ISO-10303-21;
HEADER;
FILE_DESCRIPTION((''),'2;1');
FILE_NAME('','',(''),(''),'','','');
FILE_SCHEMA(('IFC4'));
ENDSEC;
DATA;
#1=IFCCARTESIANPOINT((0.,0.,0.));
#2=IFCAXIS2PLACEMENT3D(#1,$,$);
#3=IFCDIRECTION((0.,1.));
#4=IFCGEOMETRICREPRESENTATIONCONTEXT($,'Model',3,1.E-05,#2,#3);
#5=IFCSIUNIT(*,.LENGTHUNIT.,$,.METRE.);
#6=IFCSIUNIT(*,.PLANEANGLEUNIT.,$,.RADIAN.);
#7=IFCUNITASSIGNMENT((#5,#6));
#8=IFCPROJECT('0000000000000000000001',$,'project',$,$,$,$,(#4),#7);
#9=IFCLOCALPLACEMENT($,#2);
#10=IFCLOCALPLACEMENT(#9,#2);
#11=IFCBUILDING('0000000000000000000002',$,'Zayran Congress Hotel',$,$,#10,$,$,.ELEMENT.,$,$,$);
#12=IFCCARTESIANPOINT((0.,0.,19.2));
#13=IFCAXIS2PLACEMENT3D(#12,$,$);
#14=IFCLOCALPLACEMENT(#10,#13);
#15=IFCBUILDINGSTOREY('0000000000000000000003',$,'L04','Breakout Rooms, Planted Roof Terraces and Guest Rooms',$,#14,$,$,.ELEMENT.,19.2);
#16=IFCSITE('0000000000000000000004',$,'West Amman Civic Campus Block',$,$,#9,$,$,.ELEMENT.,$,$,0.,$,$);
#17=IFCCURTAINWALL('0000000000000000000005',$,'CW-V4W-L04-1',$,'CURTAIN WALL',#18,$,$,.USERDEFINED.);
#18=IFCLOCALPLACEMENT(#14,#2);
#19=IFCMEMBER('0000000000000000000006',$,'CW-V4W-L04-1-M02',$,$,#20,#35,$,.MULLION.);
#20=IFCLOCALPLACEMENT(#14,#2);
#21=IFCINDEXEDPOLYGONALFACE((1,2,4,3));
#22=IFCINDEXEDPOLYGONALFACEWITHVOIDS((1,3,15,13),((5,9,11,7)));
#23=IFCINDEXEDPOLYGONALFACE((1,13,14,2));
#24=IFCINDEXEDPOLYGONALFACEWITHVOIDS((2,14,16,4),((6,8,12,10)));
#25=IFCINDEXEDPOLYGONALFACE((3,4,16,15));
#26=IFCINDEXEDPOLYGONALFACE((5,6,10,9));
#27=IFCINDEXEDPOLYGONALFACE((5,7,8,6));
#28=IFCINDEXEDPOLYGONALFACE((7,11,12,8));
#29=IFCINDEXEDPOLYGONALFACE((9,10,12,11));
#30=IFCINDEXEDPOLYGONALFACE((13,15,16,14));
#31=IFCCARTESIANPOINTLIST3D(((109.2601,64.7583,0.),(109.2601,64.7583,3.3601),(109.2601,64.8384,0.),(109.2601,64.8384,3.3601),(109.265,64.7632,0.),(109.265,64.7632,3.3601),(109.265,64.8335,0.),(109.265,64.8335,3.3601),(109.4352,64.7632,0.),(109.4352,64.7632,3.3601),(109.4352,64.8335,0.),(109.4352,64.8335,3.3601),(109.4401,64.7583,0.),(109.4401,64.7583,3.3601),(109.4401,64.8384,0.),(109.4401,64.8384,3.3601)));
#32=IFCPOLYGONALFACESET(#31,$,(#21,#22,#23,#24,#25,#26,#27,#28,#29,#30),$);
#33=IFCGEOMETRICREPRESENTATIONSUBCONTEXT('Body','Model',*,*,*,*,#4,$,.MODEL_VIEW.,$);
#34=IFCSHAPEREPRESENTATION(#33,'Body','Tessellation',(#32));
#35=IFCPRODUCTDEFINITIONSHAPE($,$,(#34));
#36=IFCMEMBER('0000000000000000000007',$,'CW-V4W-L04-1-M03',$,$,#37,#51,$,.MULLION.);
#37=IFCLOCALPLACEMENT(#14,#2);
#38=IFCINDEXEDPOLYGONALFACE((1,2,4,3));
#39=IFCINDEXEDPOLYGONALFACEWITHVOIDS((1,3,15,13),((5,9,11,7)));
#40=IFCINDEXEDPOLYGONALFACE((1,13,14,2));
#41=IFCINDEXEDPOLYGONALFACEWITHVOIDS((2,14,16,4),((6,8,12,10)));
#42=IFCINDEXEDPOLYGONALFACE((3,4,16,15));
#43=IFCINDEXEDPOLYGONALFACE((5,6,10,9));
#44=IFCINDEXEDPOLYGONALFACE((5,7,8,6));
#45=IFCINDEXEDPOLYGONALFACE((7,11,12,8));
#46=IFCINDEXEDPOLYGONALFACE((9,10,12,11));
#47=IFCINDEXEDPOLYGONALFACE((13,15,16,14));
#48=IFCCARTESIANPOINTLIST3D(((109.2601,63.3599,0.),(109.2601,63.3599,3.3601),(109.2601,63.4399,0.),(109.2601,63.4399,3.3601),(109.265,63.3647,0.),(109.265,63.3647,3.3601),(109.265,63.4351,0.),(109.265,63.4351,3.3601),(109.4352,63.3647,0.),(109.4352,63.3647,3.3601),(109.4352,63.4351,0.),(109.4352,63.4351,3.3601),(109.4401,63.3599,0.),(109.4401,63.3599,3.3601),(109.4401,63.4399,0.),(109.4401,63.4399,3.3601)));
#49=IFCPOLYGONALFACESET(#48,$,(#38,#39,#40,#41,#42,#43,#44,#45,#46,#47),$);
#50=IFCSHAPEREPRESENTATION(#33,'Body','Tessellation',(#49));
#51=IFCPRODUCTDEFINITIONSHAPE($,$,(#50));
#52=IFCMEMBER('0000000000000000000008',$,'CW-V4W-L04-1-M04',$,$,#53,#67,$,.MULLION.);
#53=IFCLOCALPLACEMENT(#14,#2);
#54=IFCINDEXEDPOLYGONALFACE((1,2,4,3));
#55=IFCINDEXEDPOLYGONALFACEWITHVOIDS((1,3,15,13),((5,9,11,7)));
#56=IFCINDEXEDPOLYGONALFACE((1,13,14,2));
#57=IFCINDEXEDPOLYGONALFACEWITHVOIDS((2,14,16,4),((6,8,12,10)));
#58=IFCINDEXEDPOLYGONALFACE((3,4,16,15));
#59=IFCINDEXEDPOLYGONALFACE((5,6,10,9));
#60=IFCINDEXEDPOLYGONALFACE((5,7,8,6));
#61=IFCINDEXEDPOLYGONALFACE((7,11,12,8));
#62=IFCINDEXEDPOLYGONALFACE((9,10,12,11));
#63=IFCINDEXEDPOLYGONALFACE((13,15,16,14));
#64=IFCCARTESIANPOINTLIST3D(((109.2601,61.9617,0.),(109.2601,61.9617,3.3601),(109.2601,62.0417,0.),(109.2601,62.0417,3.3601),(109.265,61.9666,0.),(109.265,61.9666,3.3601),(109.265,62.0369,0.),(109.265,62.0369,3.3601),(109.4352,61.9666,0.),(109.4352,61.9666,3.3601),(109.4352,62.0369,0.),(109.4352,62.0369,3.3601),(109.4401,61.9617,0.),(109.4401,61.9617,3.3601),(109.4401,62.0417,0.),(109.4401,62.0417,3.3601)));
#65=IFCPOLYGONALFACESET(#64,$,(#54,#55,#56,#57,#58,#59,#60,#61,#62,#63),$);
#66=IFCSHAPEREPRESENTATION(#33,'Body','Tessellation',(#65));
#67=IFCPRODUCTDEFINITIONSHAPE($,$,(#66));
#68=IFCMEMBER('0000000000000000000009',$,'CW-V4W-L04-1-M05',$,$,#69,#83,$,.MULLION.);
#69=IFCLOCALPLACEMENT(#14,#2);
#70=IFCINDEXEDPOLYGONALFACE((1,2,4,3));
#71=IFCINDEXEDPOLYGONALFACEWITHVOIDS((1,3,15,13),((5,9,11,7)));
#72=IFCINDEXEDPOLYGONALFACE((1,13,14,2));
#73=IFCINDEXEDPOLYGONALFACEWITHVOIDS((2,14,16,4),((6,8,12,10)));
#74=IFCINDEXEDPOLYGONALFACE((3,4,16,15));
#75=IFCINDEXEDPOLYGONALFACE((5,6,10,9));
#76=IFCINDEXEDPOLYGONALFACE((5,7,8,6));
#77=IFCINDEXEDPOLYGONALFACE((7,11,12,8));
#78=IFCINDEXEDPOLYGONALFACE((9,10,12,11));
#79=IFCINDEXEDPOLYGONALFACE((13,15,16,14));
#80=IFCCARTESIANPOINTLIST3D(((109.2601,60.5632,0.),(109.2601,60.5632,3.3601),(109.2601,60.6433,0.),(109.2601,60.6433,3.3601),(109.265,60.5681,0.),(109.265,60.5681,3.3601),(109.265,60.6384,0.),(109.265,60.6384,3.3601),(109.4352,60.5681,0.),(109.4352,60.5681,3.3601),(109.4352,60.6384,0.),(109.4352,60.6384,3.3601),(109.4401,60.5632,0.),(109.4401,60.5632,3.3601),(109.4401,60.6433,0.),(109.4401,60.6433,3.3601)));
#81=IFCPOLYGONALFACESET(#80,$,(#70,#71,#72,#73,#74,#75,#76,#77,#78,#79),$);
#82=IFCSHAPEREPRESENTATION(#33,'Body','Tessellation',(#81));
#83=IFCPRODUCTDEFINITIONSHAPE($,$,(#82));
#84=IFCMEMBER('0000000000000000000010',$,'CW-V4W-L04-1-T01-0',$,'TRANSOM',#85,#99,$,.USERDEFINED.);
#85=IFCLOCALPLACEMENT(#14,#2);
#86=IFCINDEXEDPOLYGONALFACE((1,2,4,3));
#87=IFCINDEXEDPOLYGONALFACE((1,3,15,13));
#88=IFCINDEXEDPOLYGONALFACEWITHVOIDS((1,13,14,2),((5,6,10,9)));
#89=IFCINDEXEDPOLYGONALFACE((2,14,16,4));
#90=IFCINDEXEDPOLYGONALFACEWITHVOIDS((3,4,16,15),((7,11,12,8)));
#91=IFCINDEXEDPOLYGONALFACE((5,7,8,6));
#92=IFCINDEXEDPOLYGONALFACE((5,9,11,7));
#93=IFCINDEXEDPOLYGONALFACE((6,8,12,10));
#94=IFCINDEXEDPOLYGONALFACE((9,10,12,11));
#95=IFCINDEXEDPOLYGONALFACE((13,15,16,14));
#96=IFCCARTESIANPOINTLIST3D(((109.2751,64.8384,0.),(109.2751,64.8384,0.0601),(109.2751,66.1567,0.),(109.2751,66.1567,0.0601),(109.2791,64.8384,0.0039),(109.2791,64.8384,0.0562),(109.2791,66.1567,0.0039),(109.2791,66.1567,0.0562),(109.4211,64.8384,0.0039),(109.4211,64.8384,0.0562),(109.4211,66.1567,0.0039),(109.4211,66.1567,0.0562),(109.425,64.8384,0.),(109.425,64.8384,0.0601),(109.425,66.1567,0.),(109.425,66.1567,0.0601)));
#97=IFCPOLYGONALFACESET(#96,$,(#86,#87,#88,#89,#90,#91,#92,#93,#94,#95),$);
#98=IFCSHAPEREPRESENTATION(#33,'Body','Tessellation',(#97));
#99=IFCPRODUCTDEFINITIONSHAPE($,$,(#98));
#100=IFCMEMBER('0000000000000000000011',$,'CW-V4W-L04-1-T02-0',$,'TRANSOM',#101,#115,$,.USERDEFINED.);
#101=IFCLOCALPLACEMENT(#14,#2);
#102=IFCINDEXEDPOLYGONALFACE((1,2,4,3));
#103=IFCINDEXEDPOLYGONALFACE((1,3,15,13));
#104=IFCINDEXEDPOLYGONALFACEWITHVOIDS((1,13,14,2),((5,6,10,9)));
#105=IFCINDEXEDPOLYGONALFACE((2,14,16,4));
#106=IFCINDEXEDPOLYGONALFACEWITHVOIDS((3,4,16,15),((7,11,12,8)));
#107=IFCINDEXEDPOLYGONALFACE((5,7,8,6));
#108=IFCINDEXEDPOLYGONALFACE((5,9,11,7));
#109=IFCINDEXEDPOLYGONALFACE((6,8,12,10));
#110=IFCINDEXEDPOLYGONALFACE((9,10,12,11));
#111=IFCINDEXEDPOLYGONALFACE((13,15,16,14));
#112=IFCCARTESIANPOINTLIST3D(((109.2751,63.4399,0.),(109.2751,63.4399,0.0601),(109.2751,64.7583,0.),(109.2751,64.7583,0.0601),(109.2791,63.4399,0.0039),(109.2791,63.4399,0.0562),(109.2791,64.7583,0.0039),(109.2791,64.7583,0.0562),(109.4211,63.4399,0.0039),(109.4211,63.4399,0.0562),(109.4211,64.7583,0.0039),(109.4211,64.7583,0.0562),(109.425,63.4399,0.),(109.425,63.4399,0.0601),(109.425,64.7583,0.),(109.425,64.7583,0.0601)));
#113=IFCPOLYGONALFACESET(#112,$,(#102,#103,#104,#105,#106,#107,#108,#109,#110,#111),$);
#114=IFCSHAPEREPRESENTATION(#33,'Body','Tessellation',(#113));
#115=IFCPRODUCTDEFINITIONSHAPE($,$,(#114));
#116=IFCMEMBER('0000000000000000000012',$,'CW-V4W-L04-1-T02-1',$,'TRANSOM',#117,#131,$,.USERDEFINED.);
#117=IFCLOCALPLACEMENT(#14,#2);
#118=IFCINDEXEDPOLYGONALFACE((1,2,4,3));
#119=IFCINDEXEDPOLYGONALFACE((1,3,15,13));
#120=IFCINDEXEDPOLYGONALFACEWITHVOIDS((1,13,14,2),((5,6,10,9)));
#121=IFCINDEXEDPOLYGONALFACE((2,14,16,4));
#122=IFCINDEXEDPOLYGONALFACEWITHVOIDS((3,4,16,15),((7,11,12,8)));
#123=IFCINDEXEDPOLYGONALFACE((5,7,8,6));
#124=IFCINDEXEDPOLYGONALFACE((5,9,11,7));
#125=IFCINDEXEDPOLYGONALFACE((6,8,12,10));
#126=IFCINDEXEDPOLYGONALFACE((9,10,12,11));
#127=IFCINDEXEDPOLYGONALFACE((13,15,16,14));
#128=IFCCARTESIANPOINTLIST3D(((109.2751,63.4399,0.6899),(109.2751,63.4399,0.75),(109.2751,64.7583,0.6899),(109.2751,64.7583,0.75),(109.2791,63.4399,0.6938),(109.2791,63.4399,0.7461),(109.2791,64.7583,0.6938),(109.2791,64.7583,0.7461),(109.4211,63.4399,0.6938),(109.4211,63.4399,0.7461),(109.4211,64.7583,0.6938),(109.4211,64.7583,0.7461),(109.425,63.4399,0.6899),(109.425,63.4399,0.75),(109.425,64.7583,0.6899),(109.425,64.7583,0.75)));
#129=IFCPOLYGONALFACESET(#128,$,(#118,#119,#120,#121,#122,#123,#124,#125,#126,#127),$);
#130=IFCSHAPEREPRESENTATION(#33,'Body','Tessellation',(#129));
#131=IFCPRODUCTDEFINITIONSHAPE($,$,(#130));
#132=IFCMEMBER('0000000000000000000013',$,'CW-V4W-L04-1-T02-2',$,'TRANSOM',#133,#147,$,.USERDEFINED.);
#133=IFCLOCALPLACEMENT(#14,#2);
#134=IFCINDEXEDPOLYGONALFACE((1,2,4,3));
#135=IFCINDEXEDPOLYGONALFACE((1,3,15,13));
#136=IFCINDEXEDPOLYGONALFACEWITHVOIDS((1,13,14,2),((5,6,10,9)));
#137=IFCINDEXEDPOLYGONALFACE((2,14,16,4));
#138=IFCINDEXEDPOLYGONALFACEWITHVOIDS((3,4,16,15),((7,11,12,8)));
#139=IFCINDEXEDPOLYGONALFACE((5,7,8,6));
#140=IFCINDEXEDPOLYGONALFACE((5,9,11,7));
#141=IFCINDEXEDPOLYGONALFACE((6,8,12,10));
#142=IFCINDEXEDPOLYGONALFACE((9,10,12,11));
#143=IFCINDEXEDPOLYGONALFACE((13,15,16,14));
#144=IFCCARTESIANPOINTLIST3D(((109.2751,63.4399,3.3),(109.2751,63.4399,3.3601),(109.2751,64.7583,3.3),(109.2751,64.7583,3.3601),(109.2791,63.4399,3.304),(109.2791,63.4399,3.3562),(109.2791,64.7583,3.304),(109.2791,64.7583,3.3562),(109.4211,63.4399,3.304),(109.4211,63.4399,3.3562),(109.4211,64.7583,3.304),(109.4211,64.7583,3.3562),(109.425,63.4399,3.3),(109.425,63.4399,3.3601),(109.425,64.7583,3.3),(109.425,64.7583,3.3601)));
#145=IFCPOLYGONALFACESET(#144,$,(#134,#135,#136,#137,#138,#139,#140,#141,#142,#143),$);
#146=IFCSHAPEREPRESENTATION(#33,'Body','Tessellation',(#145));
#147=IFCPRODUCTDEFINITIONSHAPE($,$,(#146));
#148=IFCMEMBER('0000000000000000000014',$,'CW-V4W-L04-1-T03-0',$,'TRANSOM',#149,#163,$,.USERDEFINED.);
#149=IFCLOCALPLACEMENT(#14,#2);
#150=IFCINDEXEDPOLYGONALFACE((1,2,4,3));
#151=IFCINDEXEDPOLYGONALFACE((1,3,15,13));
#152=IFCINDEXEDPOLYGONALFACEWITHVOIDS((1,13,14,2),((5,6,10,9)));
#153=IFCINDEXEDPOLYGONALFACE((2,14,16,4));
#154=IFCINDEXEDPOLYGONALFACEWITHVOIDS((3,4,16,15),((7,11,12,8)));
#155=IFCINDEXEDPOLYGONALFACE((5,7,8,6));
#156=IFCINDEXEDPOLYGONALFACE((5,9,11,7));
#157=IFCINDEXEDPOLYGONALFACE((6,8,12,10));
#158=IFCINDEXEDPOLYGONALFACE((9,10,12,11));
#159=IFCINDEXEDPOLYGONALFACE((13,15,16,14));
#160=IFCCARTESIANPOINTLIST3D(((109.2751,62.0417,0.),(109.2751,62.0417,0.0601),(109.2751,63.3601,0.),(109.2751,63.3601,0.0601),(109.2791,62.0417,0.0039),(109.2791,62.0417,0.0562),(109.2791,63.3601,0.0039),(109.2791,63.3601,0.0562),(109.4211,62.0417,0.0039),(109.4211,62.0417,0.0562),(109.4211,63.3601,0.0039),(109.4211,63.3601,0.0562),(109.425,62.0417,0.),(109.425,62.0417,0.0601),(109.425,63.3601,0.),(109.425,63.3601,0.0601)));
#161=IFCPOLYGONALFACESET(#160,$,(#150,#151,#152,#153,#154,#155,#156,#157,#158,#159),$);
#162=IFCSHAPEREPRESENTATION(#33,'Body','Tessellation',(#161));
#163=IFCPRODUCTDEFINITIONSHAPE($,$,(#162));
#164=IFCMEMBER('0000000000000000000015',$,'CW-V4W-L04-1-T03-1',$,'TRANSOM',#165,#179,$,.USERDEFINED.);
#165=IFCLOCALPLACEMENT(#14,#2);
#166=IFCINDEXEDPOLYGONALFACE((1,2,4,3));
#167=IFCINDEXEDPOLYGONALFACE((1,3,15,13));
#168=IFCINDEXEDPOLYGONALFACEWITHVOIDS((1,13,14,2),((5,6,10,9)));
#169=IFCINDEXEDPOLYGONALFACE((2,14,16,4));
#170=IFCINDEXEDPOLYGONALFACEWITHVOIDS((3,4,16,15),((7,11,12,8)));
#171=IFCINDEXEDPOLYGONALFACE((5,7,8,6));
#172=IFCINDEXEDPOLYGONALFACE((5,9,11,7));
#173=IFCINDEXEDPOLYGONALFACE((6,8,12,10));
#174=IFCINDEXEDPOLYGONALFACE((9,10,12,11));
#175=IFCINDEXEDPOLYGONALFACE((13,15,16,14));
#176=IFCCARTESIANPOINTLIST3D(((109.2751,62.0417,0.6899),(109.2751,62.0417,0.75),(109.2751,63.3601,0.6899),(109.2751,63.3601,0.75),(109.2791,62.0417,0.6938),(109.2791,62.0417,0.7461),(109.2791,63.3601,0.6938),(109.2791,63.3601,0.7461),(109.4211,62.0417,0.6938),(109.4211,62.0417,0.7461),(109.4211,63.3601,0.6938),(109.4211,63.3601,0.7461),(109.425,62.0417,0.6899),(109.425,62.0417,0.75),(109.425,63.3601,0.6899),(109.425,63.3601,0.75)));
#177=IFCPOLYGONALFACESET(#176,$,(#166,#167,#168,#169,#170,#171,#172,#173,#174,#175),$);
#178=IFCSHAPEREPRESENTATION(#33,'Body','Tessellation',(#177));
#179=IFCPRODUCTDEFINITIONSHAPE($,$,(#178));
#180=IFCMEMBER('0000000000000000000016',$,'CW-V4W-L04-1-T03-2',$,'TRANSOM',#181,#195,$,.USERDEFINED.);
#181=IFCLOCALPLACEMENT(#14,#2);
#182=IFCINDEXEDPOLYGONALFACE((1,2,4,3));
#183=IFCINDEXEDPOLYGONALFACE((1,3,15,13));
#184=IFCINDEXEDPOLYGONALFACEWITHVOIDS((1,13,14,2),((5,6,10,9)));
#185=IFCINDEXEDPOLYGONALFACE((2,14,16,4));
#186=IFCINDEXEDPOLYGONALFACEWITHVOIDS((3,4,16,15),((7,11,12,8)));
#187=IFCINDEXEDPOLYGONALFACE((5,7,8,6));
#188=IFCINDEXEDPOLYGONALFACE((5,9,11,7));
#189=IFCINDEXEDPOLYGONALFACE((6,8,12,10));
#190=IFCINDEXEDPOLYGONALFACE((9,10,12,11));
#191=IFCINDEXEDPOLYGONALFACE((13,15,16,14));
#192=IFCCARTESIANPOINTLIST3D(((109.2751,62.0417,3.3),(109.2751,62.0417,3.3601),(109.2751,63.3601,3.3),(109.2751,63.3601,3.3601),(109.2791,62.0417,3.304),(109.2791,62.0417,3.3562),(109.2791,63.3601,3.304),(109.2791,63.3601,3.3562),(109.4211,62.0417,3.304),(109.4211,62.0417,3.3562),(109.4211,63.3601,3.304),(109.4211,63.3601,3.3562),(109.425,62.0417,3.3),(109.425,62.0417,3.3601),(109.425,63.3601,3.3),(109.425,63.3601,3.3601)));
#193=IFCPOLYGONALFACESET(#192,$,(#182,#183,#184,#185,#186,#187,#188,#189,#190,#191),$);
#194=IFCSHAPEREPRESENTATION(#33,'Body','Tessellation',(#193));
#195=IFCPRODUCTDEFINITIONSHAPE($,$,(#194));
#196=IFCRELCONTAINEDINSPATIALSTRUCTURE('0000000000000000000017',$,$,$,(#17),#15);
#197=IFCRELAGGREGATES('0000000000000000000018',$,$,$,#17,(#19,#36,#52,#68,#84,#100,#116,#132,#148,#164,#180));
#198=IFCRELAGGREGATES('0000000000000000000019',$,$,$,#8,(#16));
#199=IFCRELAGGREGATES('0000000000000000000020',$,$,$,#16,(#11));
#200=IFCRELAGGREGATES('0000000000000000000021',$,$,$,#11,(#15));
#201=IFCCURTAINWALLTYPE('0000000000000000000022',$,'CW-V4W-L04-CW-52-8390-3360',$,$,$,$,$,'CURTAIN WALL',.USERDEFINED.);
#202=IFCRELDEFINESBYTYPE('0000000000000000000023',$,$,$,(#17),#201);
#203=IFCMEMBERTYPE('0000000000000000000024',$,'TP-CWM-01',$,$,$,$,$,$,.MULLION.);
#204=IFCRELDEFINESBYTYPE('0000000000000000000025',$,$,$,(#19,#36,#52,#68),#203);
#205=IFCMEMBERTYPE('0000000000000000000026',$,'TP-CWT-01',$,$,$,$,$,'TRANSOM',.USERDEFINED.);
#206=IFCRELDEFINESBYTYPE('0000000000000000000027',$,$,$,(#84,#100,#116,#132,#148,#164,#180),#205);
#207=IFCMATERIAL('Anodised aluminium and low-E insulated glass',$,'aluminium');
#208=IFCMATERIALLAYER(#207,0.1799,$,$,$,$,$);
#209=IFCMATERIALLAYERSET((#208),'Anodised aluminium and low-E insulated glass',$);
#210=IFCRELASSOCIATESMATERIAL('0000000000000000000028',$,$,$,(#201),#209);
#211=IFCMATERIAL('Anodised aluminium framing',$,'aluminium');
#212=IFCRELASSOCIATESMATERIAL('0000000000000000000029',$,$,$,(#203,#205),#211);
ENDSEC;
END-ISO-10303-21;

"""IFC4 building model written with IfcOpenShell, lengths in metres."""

from ifc_helpers import new_model, si_unit, direction, frame, origin, origin_2d, place, context, subcontext, project, spatial, hollow_rectangle, extrude, material, layer, layer_set, material_profile, profile_set, type_object, element, aggregate, save


model = new_model("IFC4")

# Units and contexts
model_context = context("Model", 3, precision=1e-05, world=origin(), true_north=direction((0.0, 1.0)))
body_context = subcontext(model_context, "Body", "Model", "MODEL_VIEW")
ifc_project = project(units=[si_unit("LENGTHUNIT", "METRE"), si_unit("PLANEANGLEUNIT", "RADIAN")], contexts=[model_context])

# Site, building, storey
site_placement = place(None, origin())
site = spatial("IfcSite", under=ifc_project, at=site_placement, Name="West Amman Civic Campus Block", CompositionType="ELEMENT", RefElevation=0.0)
building_placement = place(site_placement, origin())
building = spatial("IfcBuilding", under=site, at=building_placement, Name="Zayran Congress Hotel", CompositionType="ELEMENT")
storey_placement = place(building_placement, frame((0.0, 0.0, 19.2)))
storey = spatial("IfcBuildingStorey", under=building, at=storey_placement, Name="L04", Description="Breakout Rooms, Planted Roof Terraces and Guest Rooms", CompositionType="ELEMENT", Elevation=19.2)

# Curtain wall, members
ifc_material_1 = material(Name="Anodised aluminium and low-E insulated glass", Category="aluminium")
ifc_layer_1 = layer(ifc_material_1, 0.1799)
ifc_layer_set_1 = layer_set([ifc_layer_1], Name="Anodised aluminium and low-E insulated glass")
curtain_wall_type_1 = type_object("IfcCurtainWallType", Name="CW-V4W-L04-CW-52-8390-3360", ElementType="CURTAIN WALL", PredefinedType="USERDEFINED", material=ifc_layer_set_1)
curtain_wall_1_placement = place(storey_placement, origin())
curtain_wall_1 = element("IfcCurtainWall", 1, at=curtain_wall_1_placement, inside=storey, type_object=curtain_wall_type_1, Name="CW-V4W-L04-1", ObjectType="CURTAIN WALL", PredefinedType="USERDEFINED")
ifc_material_2 = material(Name="Anodised aluminium framing", Category="aluminium")
ifc_material_profile_1 = material_profile(ifc_material_2, hollow_rectangle(XDim=0.0801, YDim=0.1799, WallThickness=0.0049, at=origin_2d()), Name="RHS 180x80x5")
ifc_profile_set_1 = profile_set([ifc_material_profile_1], Name="Anodised aluminium framing")
member_type_1 = type_object("IfcMemberType", Name="TP-CWM-01", PredefinedType="MULLION", material=ifc_profile_set_1)
member_1_placement = place(storey_placement, frame((109.3501, 64.7983, 0.0), z_axis=(0.0, 0.0, 1.0), x_axis=(0.0, 1.0, 0.0)))
member_1 = element("IfcMember", 2, at=member_1_placement, type_object=member_type_1, Name="CW-V4W-L04-1-M02", PredefinedType="MULLION", context=body_context, shape_type="SweptSolid", body=[
    extrude(hollow_rectangle(XDim=0.0801, YDim=0.1799, WallThickness=0.0049, at=origin_2d()), origin(), (0.0, 0.0, 1.0), 3.3601),
])
member_2_placement = place(storey_placement, frame((109.3501, 63.3999, 0.0), z_axis=(0.0, 0.0, 1.0), x_axis=(0.0, 1.0, 0.0)))
member_2 = element("IfcMember", 3, at=member_2_placement, type_object=member_type_1, Name="CW-V4W-L04-1-M03", PredefinedType="MULLION", context=body_context, shape_type="SweptSolid", body=[
    extrude(hollow_rectangle(XDim=0.0801, YDim=0.1799, WallThickness=0.0049, at=origin_2d()), origin(), (0.0, 0.0, 1.0), 3.3601),
])
member_3_placement = place(storey_placement, frame((109.3501, 62.0017, 0.0), z_axis=(0.0, 0.0, 1.0), x_axis=(0.0, 1.0, 0.0)))
member_3 = element("IfcMember", 4, at=member_3_placement, type_object=member_type_1, Name="CW-V4W-L04-1-M04", PredefinedType="MULLION", context=body_context, shape_type="SweptSolid", body=[
    extrude(hollow_rectangle(XDim=0.0801, YDim=0.1799, WallThickness=0.0049, at=origin_2d()), origin(), (0.0, 0.0, 1.0), 3.3601),
])
member_4_placement = place(storey_placement, frame((109.3501, 60.6033, 0.0), z_axis=(0.0, 0.0, 1.0), x_axis=(0.0, 1.0, 0.0)))
member_4 = element("IfcMember", 5, at=member_4_placement, type_object=member_type_1, Name="CW-V4W-L04-1-M05", PredefinedType="MULLION", context=body_context, shape_type="SweptSolid", body=[
    extrude(hollow_rectangle(XDim=0.0801, YDim=0.1799, WallThickness=0.0049, at=origin_2d()), origin(), (0.0, 0.0, 1.0), 3.3601),
])
ifc_material_profile_2 = material_profile(ifc_material_2, hollow_rectangle(XDim=0.0601, YDim=0.1499, WallThickness=0.0039, at=origin_2d()), Name="RHS 150x60x4")
ifc_profile_set_2 = profile_set([ifc_material_profile_2], Name="Anodised aluminium framing")
member_type_2 = type_object("IfcMemberType", Name="TP-CWT-01", ElementType="TRANSOM", PredefinedType="USERDEFINED", material=ifc_profile_set_2)
member_5_placement = place(storey_placement, frame((109.3501, 66.1567, 0.03), z_axis=(0.0, -1.0, 0.0), x_axis=(0.0, 0.0, 1.0)))
member_5 = element("IfcMember", 6, at=member_5_placement, type_object=member_type_2, Name="CW-V4W-L04-1-T01-0", ObjectType="TRANSOM", PredefinedType="USERDEFINED", context=body_context, shape_type="SweptSolid", body=[
    extrude(hollow_rectangle(XDim=0.0601, YDim=0.1499, WallThickness=0.0039, at=origin_2d()), origin(), (0.0, 0.0, 1.0), 1.3184),
])
member_6_placement = place(storey_placement, frame((109.3501, 64.7583, 0.03), z_axis=(0.0, -1.0, 0.0), x_axis=(0.0, 0.0, 1.0)))
member_6 = element("IfcMember", 7, at=member_6_placement, type_object=member_type_2, Name="CW-V4W-L04-1-T02-0", ObjectType="TRANSOM", PredefinedType="USERDEFINED", context=body_context, shape_type="SweptSolid", body=[
    extrude(hollow_rectangle(XDim=0.0601, YDim=0.1499, WallThickness=0.0039, at=origin_2d()), origin(), (0.0, 0.0, 1.0), 1.3184),
])
member_7_placement = place(storey_placement, frame((109.3501, 64.7583, 0.72), z_axis=(0.0, -1.0, 0.0), x_axis=(0.0, 0.0, 1.0)))
member_7 = element("IfcMember", 8, at=member_7_placement, type_object=member_type_2, Name="CW-V4W-L04-1-T02-1", ObjectType="TRANSOM", PredefinedType="USERDEFINED", context=body_context, shape_type="SweptSolid", body=[
    extrude(hollow_rectangle(XDim=0.0601, YDim=0.1499, WallThickness=0.0039, at=origin_2d()), origin(), (0.0, 0.0, 1.0), 1.3184),
])
member_8_placement = place(storey_placement, frame((109.3501, 64.7583, 3.3301), z_axis=(0.0, -1.0, 0.0), x_axis=(0.0, 0.0, 1.0)))
member_8 = element("IfcMember", 9, at=member_8_placement, type_object=member_type_2, Name="CW-V4W-L04-1-T02-2", ObjectType="TRANSOM", PredefinedType="USERDEFINED", context=body_context, shape_type="SweptSolid", body=[
    extrude(hollow_rectangle(XDim=0.0601, YDim=0.1499, WallThickness=0.0039, at=origin_2d()), origin(), (0.0, 0.0, 1.0), 1.3184),
])
member_9_placement = place(storey_placement, frame((109.3501, 63.3601, 0.03), z_axis=(0.0, -1.0, 0.0), x_axis=(0.0, 0.0, 1.0)))
member_9 = element("IfcMember", 10, at=member_9_placement, type_object=member_type_2, Name="CW-V4W-L04-1-T03-0", ObjectType="TRANSOM", PredefinedType="USERDEFINED", context=body_context, shape_type="SweptSolid", body=[
    extrude(hollow_rectangle(XDim=0.0601, YDim=0.1499, WallThickness=0.0039, at=origin_2d()), origin(), (0.0, 0.0, 1.0), 1.3184),
])
member_10_placement = place(storey_placement, frame((109.3501, 63.3601, 0.72), z_axis=(0.0, -1.0, 0.0), x_axis=(0.0, 0.0, 1.0)))
member_10 = element("IfcMember", 11, at=member_10_placement, type_object=member_type_2, Name="CW-V4W-L04-1-T03-1", ObjectType="TRANSOM", PredefinedType="USERDEFINED", context=body_context, shape_type="SweptSolid", body=[
    extrude(hollow_rectangle(XDim=0.0601, YDim=0.1499, WallThickness=0.0039, at=origin_2d()), origin(), (0.0, 0.0, 1.0), 1.3184),
])
member_11_placement = place(storey_placement, frame((109.3501, 63.3601, 3.3301), z_axis=(0.0, -1.0, 0.0), x_axis=(0.0, 0.0, 1.0)))
member_11 = element("IfcMember", 12, at=member_11_placement, type_object=member_type_2, Name="CW-V4W-L04-1-T03-2", ObjectType="TRANSOM", PredefinedType="USERDEFINED", context=body_context, shape_type="SweptSolid", body=[
    extrude(hollow_rectangle(XDim=0.0601, YDim=0.1499, WallThickness=0.0039, at=origin_2d()), origin(), (0.0, 0.0, 1.0), 1.3184),
])

aggregate(curtain_wall_1, [member_1, member_2, member_3, member_4, member_5, member_6, member_7, member_8, member_9, member_10, member_11])

save(model, "model.ifc")
